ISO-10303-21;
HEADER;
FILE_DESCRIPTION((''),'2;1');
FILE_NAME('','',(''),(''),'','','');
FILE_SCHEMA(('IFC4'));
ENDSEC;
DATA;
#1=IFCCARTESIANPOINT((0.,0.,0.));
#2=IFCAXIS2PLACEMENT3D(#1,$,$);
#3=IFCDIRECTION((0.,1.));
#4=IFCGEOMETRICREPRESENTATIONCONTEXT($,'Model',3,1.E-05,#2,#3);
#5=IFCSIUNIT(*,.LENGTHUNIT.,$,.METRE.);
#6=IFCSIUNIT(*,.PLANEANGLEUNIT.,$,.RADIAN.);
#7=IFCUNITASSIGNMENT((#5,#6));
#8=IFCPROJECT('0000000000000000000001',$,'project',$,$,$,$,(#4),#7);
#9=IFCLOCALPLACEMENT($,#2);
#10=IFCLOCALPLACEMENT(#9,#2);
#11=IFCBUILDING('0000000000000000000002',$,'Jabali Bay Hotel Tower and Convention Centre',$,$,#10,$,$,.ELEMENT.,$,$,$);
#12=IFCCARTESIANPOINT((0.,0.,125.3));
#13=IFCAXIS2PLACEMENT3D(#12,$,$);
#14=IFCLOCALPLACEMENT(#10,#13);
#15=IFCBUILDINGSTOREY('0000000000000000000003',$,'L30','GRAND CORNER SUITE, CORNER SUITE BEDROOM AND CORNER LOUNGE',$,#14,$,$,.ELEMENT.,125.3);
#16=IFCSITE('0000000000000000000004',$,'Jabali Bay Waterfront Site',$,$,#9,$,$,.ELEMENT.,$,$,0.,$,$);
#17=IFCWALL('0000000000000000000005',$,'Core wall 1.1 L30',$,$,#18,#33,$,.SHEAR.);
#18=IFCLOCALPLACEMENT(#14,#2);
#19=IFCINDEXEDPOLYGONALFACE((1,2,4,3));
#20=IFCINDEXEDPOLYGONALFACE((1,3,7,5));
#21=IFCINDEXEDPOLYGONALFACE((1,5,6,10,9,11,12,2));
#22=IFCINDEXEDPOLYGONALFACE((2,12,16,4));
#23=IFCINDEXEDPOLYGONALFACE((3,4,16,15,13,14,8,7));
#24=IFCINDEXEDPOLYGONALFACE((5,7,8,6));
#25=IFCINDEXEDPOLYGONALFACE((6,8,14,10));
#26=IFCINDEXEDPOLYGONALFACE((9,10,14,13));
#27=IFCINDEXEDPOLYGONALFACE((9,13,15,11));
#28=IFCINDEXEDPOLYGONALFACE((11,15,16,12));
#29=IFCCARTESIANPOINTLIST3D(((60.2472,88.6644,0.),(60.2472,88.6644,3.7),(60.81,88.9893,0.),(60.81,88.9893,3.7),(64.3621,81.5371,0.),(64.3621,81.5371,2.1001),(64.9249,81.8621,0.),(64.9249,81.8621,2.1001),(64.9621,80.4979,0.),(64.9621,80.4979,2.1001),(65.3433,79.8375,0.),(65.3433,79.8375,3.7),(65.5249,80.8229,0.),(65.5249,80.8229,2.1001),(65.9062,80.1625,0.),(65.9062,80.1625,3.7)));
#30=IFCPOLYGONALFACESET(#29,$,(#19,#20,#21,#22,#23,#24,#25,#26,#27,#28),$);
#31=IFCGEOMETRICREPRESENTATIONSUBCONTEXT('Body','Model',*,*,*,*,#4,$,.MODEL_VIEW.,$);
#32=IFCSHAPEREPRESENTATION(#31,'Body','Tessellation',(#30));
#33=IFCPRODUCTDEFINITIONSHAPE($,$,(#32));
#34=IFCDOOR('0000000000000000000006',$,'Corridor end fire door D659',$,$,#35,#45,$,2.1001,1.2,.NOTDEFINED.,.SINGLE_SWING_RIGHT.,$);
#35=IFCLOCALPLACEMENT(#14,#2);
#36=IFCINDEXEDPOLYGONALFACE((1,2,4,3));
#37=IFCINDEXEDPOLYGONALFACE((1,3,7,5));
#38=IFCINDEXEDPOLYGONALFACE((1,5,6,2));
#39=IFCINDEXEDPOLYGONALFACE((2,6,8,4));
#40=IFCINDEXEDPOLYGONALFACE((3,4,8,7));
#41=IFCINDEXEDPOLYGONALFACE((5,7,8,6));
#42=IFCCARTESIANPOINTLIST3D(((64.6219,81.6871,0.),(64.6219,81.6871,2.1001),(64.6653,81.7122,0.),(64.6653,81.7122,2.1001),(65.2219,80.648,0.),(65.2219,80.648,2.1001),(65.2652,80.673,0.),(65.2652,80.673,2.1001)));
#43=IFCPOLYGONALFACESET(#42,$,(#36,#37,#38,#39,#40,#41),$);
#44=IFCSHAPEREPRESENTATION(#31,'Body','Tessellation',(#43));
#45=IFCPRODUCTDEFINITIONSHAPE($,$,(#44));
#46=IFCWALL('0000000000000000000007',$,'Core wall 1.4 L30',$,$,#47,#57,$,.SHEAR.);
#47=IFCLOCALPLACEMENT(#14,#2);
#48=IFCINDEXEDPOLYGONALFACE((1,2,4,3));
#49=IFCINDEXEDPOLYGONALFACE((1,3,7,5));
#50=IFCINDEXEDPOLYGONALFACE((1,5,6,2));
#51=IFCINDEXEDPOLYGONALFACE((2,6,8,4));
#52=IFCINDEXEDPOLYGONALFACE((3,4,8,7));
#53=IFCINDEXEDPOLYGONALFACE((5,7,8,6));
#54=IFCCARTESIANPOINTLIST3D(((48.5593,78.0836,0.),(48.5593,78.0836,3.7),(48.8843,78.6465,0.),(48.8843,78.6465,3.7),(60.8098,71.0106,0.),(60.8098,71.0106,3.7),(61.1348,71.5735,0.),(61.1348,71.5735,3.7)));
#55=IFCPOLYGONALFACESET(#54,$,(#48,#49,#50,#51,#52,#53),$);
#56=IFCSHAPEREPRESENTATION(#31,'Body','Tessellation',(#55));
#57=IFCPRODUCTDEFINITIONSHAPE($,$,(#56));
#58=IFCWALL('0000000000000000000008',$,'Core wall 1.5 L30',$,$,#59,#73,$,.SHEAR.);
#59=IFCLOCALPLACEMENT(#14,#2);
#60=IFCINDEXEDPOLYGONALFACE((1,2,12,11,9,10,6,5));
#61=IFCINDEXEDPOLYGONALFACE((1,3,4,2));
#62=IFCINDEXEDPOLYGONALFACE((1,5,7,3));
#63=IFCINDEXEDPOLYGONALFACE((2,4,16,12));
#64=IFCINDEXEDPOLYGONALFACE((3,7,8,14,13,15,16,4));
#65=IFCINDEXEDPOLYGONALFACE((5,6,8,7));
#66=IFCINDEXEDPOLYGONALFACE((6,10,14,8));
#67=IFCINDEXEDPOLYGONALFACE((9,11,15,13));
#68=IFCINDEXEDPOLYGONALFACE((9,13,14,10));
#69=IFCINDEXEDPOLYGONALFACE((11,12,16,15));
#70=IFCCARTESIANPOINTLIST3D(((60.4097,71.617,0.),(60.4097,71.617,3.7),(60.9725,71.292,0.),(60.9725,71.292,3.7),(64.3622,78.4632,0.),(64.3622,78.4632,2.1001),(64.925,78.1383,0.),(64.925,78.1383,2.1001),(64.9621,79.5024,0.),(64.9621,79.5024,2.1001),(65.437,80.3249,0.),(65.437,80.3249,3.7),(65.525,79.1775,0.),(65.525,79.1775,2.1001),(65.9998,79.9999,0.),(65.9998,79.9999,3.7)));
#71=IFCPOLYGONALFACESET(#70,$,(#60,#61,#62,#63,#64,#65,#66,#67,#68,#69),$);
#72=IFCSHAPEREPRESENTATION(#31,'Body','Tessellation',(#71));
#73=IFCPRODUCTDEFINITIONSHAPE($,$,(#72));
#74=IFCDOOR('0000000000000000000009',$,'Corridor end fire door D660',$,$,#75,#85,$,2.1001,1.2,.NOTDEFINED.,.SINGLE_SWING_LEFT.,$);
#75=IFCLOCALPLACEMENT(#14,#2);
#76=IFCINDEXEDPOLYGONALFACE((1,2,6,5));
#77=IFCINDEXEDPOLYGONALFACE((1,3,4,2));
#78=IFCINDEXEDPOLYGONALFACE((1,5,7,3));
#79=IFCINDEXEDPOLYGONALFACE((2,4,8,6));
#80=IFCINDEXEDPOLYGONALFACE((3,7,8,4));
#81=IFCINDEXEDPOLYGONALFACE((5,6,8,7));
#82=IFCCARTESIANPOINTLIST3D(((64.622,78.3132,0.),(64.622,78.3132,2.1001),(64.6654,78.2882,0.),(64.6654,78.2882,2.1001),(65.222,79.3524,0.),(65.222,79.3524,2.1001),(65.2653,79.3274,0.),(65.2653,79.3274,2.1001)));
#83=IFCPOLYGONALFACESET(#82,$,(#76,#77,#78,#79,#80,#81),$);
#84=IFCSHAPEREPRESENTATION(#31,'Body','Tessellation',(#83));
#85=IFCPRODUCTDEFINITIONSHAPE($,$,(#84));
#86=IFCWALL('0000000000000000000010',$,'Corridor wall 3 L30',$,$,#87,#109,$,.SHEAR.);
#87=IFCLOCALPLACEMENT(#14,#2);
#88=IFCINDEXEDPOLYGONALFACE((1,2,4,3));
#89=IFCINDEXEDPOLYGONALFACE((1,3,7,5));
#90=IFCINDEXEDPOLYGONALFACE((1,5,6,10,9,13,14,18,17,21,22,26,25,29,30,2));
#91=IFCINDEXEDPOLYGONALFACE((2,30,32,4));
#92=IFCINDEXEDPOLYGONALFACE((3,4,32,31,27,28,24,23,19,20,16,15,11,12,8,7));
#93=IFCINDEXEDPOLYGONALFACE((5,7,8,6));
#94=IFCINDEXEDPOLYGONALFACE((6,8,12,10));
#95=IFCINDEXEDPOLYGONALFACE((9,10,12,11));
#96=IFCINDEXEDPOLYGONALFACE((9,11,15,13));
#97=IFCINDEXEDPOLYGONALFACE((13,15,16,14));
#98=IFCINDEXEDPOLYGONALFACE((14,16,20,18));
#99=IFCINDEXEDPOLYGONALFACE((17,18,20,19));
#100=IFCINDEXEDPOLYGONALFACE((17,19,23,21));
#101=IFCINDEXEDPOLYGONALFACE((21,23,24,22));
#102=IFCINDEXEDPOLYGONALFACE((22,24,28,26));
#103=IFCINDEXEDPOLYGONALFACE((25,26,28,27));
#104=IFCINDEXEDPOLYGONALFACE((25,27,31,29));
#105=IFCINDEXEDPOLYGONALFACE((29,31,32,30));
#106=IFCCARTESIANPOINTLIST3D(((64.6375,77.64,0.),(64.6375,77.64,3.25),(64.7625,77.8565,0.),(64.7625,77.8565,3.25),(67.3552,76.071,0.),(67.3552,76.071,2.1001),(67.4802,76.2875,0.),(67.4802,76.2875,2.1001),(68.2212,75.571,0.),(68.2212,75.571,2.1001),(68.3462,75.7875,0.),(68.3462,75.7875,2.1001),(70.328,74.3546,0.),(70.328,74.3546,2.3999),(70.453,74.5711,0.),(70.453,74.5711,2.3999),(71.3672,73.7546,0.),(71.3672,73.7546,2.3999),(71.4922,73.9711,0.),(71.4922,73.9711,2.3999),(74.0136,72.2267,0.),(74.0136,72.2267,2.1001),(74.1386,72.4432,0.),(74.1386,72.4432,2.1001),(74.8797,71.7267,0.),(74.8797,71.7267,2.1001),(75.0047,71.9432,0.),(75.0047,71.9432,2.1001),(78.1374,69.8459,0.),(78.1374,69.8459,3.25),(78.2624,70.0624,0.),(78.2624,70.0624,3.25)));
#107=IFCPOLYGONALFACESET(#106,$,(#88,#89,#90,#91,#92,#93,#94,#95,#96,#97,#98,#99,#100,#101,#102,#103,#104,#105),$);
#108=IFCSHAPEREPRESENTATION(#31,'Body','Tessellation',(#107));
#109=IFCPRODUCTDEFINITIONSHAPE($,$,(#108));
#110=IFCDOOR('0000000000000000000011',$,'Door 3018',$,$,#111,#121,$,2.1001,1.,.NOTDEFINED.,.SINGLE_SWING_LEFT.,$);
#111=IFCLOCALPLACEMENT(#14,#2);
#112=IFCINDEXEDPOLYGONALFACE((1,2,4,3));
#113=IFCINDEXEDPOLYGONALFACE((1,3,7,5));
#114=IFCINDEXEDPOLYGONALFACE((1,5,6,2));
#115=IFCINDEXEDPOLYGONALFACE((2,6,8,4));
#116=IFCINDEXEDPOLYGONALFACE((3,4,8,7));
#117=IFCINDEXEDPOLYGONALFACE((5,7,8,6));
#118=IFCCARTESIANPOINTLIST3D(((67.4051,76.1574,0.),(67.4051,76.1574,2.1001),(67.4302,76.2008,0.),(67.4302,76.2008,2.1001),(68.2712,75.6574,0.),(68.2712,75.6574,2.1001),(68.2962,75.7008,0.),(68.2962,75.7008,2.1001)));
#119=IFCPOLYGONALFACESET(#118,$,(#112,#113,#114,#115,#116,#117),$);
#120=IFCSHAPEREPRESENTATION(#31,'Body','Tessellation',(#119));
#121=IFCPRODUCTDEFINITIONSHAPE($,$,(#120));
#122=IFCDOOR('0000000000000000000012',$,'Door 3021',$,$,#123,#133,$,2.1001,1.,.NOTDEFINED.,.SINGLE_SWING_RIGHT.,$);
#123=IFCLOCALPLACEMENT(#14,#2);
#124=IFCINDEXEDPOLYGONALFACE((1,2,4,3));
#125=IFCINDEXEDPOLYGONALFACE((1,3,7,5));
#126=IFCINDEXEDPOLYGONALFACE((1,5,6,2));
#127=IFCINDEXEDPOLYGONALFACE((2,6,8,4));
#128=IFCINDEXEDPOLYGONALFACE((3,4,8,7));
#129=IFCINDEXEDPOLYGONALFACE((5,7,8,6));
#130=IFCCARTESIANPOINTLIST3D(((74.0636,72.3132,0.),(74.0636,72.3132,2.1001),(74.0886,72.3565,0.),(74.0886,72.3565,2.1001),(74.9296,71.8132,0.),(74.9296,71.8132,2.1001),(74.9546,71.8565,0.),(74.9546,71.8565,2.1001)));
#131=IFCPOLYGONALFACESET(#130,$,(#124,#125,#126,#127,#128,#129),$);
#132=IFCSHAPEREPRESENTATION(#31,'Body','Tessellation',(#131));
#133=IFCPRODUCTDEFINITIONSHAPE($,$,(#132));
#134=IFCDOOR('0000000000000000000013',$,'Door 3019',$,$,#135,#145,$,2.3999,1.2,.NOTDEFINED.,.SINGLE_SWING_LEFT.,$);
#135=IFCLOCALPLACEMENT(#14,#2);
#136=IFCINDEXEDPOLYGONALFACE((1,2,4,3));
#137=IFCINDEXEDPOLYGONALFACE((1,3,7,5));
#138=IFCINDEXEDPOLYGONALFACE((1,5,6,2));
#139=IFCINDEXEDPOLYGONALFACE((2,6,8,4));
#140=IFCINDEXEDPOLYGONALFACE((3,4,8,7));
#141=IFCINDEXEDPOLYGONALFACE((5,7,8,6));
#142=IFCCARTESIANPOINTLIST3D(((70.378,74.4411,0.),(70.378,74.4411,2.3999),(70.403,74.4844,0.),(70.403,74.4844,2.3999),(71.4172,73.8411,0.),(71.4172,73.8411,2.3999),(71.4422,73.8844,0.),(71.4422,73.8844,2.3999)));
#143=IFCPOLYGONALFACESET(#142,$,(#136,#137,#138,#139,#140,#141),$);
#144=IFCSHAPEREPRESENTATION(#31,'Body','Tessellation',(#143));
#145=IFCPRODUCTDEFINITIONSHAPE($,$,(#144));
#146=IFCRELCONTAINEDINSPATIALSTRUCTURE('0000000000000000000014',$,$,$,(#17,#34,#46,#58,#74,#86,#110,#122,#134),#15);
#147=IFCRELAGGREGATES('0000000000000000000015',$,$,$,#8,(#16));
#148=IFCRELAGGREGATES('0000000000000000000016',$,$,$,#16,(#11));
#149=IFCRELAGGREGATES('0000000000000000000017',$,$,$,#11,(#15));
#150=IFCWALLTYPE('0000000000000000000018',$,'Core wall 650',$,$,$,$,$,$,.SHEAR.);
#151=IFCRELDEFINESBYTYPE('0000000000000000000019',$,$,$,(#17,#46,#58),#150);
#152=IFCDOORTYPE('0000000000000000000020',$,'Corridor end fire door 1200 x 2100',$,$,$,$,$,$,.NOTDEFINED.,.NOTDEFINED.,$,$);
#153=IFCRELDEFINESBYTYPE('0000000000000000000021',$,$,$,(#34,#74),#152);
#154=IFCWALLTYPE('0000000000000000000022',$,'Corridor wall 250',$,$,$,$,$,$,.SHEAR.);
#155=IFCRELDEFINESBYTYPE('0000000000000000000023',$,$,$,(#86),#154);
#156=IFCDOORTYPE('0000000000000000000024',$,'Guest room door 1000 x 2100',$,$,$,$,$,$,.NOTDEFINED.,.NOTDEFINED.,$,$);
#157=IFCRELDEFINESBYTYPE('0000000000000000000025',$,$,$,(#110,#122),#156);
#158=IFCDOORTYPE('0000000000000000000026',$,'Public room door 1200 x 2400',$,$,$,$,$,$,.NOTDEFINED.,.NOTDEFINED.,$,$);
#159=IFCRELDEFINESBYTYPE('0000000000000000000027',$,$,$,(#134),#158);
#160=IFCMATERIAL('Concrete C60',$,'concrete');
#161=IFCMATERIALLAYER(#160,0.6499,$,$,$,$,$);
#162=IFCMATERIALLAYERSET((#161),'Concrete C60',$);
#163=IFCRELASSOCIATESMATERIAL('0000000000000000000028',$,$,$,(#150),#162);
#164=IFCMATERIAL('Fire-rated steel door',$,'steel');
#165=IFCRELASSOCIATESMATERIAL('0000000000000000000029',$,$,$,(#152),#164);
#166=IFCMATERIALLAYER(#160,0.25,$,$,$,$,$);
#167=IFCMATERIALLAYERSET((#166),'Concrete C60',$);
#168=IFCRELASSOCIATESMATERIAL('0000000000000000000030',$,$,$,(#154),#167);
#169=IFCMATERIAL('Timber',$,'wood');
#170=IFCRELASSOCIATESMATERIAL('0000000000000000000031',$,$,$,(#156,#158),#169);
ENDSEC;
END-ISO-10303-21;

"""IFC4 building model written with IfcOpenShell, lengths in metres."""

from ifc_helpers import new_model, si_unit, direction, frame, frame_2d, origin, place, context, subcontext, project, spatial, rectangle, extrude, material, layer, layer_set, type_object, element, fill, save


model = new_model("IFC4")

# Units and contexts
model_context = context("Model", 3, precision=1e-05, world=origin(), true_north=direction((0.0, 1.0)))
body_context = subcontext(model_context, "Body", "Model", "MODEL_VIEW")
ifc_project = project(units=[si_unit("LENGTHUNIT", "METRE"), si_unit("PLANEANGLEUNIT", "RADIAN")], contexts=[model_context])

# Site, building, storey
site_placement = place(None, origin())
site = spatial("IfcSite", under=ifc_project, at=site_placement, Name="Jabali Bay Waterfront Site", CompositionType="ELEMENT", RefElevation=0.0)
building_placement = place(site_placement, origin())
building = spatial("IfcBuilding", under=site, at=building_placement, Name="Jabali Bay Hotel Tower and Convention Centre", CompositionType="ELEMENT")
storey_placement = place(building_placement, frame((0.0, 0.0, 125.3)))
storey = spatial("IfcBuildingStorey", under=building, at=storey_placement, Name="L30", Description="GRAND CORNER SUITE, CORNER SUITE BEDROOM AND CORNER LOUNGE", CompositionType="ELEMENT", Elevation=125.3)

# Shared definitions
ifc_material_1 = material(Name="Fire-rated steel door", Category="steel")

# Wall, opening, door
ifc_material_2 = material(Name="Concrete C60", Category="concrete")
ifc_layer_1 = layer(ifc_material_2, 0.6499)
ifc_layer_set_1 = layer_set([ifc_layer_1], Name="Concrete C60")
wall_type_1 = type_object("IfcWallType", Name="Core wall 650", PredefinedType="SHEAR", material=ifc_layer_set_1)
wall_1_placement = place(storey_placement, frame((65.6248, 80.0, 0.0), z_axis=(0.0, 0.0, 1.0), x_axis=(-0.499998, 0.866026, 0.0)))
wall_1 = element("IfcWall", 1, at=wall_1_placement, inside=storey, type_object=wall_type_1, Name="Core wall 1.1 L30", PredefinedType="SHEAR", context=body_context, shape_type="SweptSolid", body=[
    extrude(rectangle(XDim=10.1924, YDim=0.6499, at=frame_2d((5.0962, 0.0))), origin(), (0.0, 0.0, 1.0), 3.7),
])
opening_1_placement = place(wall_1_placement, frame((0.7625, 0.0, 0.0)))
opening_1 = element("IfcOpeningElement", 2, at=opening_1_placement, cuts=wall_1, PredefinedType="OPENING", context=body_context, shape_type="SweptSolid", body=[
    extrude(rectangle(XDim=1.2, YDim=2.1001, at=frame_2d((0.6001, 1.05))), frame((0.0, 0.3354, 0.0), z_axis=(0.0, -1.0, 0.0), x_axis=(1.0, 0.0, 0.0)), (0.0, 0.0, 1.0), 0.6709),
])
door_type_1 = type_object("IfcDoorType", Name="Corridor end fire door 1200 x 2100", OperationType="NOTDEFINED", PredefinedType="NOTDEFINED", material=ifc_material_1)
door_1_placement = place(opening_1_placement, origin())
door_1 = element("IfcDoor", 3, at=door_1_placement, inside=storey, type_object=door_type_1, Name="Corridor end fire door D659", OperationType="SINGLE_SWING_RIGHT", OverallHeight=2.1001, OverallWidth=1.2, PredefinedType="NOTDEFINED", context=body_context, shape_type="SweptSolid", body=[
    extrude(rectangle(XDim=1.2, YDim=2.1001, at=frame_2d((0.6001, 1.05))), frame((0.0, 0.0249, 0.0), z_axis=(0.0, -1.0, 0.0), x_axis=(1.0, 0.0, 0.0)), (0.0, 0.0, 1.0), 0.05),
])
fill(opening_1, door_1)

# Wall
wall_2_placement = place(storey_placement, frame((48.7219, 78.365, 0.0), z_axis=(0.0, 0.0, 1.0), x_axis=(0.86602, -0.500009, 0.0)))
element("IfcWall", 4, at=wall_2_placement, inside=storey, type_object=wall_type_1, Name="Core wall 1.4 L30", PredefinedType="SHEAR", context=body_context, shape_type="SweptSolid", body=[
    extrude(rectangle(XDim=14.1458, YDim=0.6499, at=frame_2d((7.0728, 0.0))), origin(), (0.0, 0.0, 1.0), 3.7),
])

# Wall, opening, door
wall_3_placement = place(storey_placement, frame((60.6912, 71.4546, 0.0), z_axis=(0.0, 0.0, 1.0), x_axis=(0.499983, 0.866035, 0.0)))
wall_3 = element("IfcWall", 5, at=wall_3_placement, inside=storey, type_object=wall_type_1, Name="Core wall 1.5 L30", PredefinedType="SHEAR", context=body_context, shape_type="SweptSolid", body=[
    extrude(rectangle(XDim=10.0549, YDim=0.6499, at=frame_2d((5.0273, 0.0))), origin(), (0.0, 0.0, 1.0), 3.7),
])
opening_2_placement = place(wall_3_placement, frame((7.905, 0.0, 0.0)))
opening_2 = element("IfcOpeningElement", 6, at=opening_2_placement, cuts=wall_3, PredefinedType="OPENING", context=body_context, shape_type="SweptSolid", body=[
    extrude(rectangle(XDim=1.2, YDim=2.1001, at=frame_2d((0.6001, 1.05))), frame((0.0, 0.3354, 0.0), z_axis=(0.0, -1.0, 0.0), x_axis=(1.0, 0.0, 0.0)), (0.0, 0.0, 1.0), 0.6709),
])
door_2_placement = place(opening_2_placement, origin())
door_2 = element("IfcDoor", 7, at=door_2_placement, inside=storey, type_object=door_type_1, Name="Corridor end fire door D660", OperationType="SINGLE_SWING_LEFT", OverallHeight=2.1001, OverallWidth=1.2, PredefinedType="NOTDEFINED", context=body_context, shape_type="SweptSolid", body=[
    extrude(rectangle(XDim=1.2, YDim=2.1001, at=frame_2d((0.6001, 1.05))), frame((0.0, 0.0249, 0.0), z_axis=(0.0, -1.0, 0.0), x_axis=(1.0, 0.0, 0.0)), (0.0, 0.0, 1.0), 0.05),
])
fill(opening_2, door_2)

# Wall, openings, doors
ifc_layer_2 = layer(ifc_material_2, 0.25)
ifc_layer_set_2 = layer_set([ifc_layer_2], Name="Concrete C60")
wall_type_2 = type_object("IfcWallType", Name="Corridor wall 250", PredefinedType="SHEAR", material=ifc_layer_set_2)
wall_4_placement = place(storey_placement, frame((64.7, 77.7483, 0.0), z_axis=(0.0, 0.0, 1.0), x_axis=(0.866026, -0.499998, 0.0)))
wall_4 = element("IfcWall", 8, at=wall_4_placement, inside=storey, type_object=wall_type_2, Name="Corridor wall 3 L30", PredefinedType="SHEAR", context=body_context, shape_type="SweptSolid", body=[
    extrude(rectangle(XDim=15.5884, YDim=0.25, at=frame_2d((7.7942, 0.0))), origin(), (0.0, 0.0, 1.0), 3.25),
])
opening_3_placement = place(wall_4_placement, frame((3.1382, 0.0, 0.0)))
opening_3 = element("IfcOpeningElement", 9, at=opening_3_placement, cuts=wall_4, PredefinedType="OPENING", context=body_context, shape_type="SweptSolid", body=[
    extrude(rectangle(XDim=1.0, YDim=2.1001, at=frame_2d((0.5, 1.05))), frame((0.0, 0.1355, 0.0), z_axis=(0.0, -1.0, 0.0), x_axis=(1.0, 0.0, 0.0)), (0.0, 0.0, 1.0), 0.271),
])
opening_4_placement = place(wall_4_placement, frame((6.5708, 0.0, 0.0)))
opening_4 = element("IfcOpeningElement", 10, at=opening_4_placement, cuts=wall_4, PredefinedType="OPENING", context=body_context, shape_type="SweptSolid", body=[
    extrude(rectangle(XDim=1.2, YDim=2.3999, at=frame_2d((0.6001, 1.2))), frame((0.0, 0.1355, 0.0), z_axis=(0.0, -1.0, 0.0), x_axis=(1.0, 0.0, 0.0)), (0.0, 0.0, 1.0), 0.271),
])
opening_5_placement = place(wall_4_placement, frame((10.8267, 0.0, 0.0)))
opening_5 = element("IfcOpeningElement", 11, at=opening_5_placement, cuts=wall_4, PredefinedType="OPENING", context=body_context, shape_type="SweptSolid", body=[
    extrude(rectangle(XDim=1.0, YDim=2.1001, at=frame_2d((0.5, 1.05))), frame((0.0, 0.1355, 0.0), z_axis=(0.0, -1.0, 0.0), x_axis=(1.0, 0.0, 0.0)), (0.0, 0.0, 1.0), 0.271),
])
ifc_material_3 = material(Name="Timber", Category="wood")
door_type_2 = type_object("IfcDoorType", Name="Guest room door 1000 x 2100", OperationType="NOTDEFINED", PredefinedType="NOTDEFINED", material=ifc_material_3)
door_3_placement = place(opening_3_placement, origin())
door_3 = element("IfcDoor", 12, at=door_3_placement, inside=storey, type_object=door_type_2, Name="Door 3018", OperationType="SINGLE_SWING_LEFT", OverallHeight=2.1001, OverallWidth=1.0, PredefinedType="NOTDEFINED", context=body_context, shape_type="SweptSolid", body=[
    extrude(rectangle(XDim=1.0, YDim=2.1001, at=frame_2d((0.5, 1.05))), frame((0.0, 0.0249, 0.0), z_axis=(0.0, -1.0, 0.0), x_axis=(1.0, 0.0, 0.0)), (0.0, 0.0, 1.0), 0.05),
])
fill(opening_3, door_3)
door_4_placement = place(opening_5_placement, origin())
door_4 = element("IfcDoor", 13, at=door_4_placement, inside=storey, type_object=door_type_2, Name="Door 3021", OperationType="SINGLE_SWING_RIGHT", OverallHeight=2.1001, OverallWidth=1.0, PredefinedType="NOTDEFINED", context=body_context, shape_type="SweptSolid", body=[
    extrude(rectangle(XDim=1.0, YDim=2.1001, at=frame_2d((0.5, 1.05))), frame((0.0, 0.0249, 0.0), z_axis=(0.0, -1.0, 0.0), x_axis=(1.0, 0.0, 0.0)), (0.0, 0.0, 1.0), 0.05),
])
fill(opening_5, door_4)
door_type_3 = type_object("IfcDoorType", Name="Public room door 1200 x 2400", OperationType="NOTDEFINED", PredefinedType="NOTDEFINED", material=ifc_material_3)
door_5_placement = place(opening_4_placement, origin())
door_5 = element("IfcDoor", 14, at=door_5_placement, inside=storey, type_object=door_type_3, Name="Door 3019", OperationType="SINGLE_SWING_LEFT", OverallHeight=2.3999, OverallWidth=1.2, PredefinedType="NOTDEFINED", context=body_context, shape_type="SweptSolid", body=[
    extrude(rectangle(XDim=1.2, YDim=2.3999, at=frame_2d((0.6001, 1.2))), frame((0.0, 0.0249, 0.0), z_axis=(0.0, -1.0, 0.0), x_axis=(1.0, 0.0, 0.0)), (0.0, 0.0, 1.0), 0.05),
])
fill(opening_4, door_5)

save(model, "model.ifc")
